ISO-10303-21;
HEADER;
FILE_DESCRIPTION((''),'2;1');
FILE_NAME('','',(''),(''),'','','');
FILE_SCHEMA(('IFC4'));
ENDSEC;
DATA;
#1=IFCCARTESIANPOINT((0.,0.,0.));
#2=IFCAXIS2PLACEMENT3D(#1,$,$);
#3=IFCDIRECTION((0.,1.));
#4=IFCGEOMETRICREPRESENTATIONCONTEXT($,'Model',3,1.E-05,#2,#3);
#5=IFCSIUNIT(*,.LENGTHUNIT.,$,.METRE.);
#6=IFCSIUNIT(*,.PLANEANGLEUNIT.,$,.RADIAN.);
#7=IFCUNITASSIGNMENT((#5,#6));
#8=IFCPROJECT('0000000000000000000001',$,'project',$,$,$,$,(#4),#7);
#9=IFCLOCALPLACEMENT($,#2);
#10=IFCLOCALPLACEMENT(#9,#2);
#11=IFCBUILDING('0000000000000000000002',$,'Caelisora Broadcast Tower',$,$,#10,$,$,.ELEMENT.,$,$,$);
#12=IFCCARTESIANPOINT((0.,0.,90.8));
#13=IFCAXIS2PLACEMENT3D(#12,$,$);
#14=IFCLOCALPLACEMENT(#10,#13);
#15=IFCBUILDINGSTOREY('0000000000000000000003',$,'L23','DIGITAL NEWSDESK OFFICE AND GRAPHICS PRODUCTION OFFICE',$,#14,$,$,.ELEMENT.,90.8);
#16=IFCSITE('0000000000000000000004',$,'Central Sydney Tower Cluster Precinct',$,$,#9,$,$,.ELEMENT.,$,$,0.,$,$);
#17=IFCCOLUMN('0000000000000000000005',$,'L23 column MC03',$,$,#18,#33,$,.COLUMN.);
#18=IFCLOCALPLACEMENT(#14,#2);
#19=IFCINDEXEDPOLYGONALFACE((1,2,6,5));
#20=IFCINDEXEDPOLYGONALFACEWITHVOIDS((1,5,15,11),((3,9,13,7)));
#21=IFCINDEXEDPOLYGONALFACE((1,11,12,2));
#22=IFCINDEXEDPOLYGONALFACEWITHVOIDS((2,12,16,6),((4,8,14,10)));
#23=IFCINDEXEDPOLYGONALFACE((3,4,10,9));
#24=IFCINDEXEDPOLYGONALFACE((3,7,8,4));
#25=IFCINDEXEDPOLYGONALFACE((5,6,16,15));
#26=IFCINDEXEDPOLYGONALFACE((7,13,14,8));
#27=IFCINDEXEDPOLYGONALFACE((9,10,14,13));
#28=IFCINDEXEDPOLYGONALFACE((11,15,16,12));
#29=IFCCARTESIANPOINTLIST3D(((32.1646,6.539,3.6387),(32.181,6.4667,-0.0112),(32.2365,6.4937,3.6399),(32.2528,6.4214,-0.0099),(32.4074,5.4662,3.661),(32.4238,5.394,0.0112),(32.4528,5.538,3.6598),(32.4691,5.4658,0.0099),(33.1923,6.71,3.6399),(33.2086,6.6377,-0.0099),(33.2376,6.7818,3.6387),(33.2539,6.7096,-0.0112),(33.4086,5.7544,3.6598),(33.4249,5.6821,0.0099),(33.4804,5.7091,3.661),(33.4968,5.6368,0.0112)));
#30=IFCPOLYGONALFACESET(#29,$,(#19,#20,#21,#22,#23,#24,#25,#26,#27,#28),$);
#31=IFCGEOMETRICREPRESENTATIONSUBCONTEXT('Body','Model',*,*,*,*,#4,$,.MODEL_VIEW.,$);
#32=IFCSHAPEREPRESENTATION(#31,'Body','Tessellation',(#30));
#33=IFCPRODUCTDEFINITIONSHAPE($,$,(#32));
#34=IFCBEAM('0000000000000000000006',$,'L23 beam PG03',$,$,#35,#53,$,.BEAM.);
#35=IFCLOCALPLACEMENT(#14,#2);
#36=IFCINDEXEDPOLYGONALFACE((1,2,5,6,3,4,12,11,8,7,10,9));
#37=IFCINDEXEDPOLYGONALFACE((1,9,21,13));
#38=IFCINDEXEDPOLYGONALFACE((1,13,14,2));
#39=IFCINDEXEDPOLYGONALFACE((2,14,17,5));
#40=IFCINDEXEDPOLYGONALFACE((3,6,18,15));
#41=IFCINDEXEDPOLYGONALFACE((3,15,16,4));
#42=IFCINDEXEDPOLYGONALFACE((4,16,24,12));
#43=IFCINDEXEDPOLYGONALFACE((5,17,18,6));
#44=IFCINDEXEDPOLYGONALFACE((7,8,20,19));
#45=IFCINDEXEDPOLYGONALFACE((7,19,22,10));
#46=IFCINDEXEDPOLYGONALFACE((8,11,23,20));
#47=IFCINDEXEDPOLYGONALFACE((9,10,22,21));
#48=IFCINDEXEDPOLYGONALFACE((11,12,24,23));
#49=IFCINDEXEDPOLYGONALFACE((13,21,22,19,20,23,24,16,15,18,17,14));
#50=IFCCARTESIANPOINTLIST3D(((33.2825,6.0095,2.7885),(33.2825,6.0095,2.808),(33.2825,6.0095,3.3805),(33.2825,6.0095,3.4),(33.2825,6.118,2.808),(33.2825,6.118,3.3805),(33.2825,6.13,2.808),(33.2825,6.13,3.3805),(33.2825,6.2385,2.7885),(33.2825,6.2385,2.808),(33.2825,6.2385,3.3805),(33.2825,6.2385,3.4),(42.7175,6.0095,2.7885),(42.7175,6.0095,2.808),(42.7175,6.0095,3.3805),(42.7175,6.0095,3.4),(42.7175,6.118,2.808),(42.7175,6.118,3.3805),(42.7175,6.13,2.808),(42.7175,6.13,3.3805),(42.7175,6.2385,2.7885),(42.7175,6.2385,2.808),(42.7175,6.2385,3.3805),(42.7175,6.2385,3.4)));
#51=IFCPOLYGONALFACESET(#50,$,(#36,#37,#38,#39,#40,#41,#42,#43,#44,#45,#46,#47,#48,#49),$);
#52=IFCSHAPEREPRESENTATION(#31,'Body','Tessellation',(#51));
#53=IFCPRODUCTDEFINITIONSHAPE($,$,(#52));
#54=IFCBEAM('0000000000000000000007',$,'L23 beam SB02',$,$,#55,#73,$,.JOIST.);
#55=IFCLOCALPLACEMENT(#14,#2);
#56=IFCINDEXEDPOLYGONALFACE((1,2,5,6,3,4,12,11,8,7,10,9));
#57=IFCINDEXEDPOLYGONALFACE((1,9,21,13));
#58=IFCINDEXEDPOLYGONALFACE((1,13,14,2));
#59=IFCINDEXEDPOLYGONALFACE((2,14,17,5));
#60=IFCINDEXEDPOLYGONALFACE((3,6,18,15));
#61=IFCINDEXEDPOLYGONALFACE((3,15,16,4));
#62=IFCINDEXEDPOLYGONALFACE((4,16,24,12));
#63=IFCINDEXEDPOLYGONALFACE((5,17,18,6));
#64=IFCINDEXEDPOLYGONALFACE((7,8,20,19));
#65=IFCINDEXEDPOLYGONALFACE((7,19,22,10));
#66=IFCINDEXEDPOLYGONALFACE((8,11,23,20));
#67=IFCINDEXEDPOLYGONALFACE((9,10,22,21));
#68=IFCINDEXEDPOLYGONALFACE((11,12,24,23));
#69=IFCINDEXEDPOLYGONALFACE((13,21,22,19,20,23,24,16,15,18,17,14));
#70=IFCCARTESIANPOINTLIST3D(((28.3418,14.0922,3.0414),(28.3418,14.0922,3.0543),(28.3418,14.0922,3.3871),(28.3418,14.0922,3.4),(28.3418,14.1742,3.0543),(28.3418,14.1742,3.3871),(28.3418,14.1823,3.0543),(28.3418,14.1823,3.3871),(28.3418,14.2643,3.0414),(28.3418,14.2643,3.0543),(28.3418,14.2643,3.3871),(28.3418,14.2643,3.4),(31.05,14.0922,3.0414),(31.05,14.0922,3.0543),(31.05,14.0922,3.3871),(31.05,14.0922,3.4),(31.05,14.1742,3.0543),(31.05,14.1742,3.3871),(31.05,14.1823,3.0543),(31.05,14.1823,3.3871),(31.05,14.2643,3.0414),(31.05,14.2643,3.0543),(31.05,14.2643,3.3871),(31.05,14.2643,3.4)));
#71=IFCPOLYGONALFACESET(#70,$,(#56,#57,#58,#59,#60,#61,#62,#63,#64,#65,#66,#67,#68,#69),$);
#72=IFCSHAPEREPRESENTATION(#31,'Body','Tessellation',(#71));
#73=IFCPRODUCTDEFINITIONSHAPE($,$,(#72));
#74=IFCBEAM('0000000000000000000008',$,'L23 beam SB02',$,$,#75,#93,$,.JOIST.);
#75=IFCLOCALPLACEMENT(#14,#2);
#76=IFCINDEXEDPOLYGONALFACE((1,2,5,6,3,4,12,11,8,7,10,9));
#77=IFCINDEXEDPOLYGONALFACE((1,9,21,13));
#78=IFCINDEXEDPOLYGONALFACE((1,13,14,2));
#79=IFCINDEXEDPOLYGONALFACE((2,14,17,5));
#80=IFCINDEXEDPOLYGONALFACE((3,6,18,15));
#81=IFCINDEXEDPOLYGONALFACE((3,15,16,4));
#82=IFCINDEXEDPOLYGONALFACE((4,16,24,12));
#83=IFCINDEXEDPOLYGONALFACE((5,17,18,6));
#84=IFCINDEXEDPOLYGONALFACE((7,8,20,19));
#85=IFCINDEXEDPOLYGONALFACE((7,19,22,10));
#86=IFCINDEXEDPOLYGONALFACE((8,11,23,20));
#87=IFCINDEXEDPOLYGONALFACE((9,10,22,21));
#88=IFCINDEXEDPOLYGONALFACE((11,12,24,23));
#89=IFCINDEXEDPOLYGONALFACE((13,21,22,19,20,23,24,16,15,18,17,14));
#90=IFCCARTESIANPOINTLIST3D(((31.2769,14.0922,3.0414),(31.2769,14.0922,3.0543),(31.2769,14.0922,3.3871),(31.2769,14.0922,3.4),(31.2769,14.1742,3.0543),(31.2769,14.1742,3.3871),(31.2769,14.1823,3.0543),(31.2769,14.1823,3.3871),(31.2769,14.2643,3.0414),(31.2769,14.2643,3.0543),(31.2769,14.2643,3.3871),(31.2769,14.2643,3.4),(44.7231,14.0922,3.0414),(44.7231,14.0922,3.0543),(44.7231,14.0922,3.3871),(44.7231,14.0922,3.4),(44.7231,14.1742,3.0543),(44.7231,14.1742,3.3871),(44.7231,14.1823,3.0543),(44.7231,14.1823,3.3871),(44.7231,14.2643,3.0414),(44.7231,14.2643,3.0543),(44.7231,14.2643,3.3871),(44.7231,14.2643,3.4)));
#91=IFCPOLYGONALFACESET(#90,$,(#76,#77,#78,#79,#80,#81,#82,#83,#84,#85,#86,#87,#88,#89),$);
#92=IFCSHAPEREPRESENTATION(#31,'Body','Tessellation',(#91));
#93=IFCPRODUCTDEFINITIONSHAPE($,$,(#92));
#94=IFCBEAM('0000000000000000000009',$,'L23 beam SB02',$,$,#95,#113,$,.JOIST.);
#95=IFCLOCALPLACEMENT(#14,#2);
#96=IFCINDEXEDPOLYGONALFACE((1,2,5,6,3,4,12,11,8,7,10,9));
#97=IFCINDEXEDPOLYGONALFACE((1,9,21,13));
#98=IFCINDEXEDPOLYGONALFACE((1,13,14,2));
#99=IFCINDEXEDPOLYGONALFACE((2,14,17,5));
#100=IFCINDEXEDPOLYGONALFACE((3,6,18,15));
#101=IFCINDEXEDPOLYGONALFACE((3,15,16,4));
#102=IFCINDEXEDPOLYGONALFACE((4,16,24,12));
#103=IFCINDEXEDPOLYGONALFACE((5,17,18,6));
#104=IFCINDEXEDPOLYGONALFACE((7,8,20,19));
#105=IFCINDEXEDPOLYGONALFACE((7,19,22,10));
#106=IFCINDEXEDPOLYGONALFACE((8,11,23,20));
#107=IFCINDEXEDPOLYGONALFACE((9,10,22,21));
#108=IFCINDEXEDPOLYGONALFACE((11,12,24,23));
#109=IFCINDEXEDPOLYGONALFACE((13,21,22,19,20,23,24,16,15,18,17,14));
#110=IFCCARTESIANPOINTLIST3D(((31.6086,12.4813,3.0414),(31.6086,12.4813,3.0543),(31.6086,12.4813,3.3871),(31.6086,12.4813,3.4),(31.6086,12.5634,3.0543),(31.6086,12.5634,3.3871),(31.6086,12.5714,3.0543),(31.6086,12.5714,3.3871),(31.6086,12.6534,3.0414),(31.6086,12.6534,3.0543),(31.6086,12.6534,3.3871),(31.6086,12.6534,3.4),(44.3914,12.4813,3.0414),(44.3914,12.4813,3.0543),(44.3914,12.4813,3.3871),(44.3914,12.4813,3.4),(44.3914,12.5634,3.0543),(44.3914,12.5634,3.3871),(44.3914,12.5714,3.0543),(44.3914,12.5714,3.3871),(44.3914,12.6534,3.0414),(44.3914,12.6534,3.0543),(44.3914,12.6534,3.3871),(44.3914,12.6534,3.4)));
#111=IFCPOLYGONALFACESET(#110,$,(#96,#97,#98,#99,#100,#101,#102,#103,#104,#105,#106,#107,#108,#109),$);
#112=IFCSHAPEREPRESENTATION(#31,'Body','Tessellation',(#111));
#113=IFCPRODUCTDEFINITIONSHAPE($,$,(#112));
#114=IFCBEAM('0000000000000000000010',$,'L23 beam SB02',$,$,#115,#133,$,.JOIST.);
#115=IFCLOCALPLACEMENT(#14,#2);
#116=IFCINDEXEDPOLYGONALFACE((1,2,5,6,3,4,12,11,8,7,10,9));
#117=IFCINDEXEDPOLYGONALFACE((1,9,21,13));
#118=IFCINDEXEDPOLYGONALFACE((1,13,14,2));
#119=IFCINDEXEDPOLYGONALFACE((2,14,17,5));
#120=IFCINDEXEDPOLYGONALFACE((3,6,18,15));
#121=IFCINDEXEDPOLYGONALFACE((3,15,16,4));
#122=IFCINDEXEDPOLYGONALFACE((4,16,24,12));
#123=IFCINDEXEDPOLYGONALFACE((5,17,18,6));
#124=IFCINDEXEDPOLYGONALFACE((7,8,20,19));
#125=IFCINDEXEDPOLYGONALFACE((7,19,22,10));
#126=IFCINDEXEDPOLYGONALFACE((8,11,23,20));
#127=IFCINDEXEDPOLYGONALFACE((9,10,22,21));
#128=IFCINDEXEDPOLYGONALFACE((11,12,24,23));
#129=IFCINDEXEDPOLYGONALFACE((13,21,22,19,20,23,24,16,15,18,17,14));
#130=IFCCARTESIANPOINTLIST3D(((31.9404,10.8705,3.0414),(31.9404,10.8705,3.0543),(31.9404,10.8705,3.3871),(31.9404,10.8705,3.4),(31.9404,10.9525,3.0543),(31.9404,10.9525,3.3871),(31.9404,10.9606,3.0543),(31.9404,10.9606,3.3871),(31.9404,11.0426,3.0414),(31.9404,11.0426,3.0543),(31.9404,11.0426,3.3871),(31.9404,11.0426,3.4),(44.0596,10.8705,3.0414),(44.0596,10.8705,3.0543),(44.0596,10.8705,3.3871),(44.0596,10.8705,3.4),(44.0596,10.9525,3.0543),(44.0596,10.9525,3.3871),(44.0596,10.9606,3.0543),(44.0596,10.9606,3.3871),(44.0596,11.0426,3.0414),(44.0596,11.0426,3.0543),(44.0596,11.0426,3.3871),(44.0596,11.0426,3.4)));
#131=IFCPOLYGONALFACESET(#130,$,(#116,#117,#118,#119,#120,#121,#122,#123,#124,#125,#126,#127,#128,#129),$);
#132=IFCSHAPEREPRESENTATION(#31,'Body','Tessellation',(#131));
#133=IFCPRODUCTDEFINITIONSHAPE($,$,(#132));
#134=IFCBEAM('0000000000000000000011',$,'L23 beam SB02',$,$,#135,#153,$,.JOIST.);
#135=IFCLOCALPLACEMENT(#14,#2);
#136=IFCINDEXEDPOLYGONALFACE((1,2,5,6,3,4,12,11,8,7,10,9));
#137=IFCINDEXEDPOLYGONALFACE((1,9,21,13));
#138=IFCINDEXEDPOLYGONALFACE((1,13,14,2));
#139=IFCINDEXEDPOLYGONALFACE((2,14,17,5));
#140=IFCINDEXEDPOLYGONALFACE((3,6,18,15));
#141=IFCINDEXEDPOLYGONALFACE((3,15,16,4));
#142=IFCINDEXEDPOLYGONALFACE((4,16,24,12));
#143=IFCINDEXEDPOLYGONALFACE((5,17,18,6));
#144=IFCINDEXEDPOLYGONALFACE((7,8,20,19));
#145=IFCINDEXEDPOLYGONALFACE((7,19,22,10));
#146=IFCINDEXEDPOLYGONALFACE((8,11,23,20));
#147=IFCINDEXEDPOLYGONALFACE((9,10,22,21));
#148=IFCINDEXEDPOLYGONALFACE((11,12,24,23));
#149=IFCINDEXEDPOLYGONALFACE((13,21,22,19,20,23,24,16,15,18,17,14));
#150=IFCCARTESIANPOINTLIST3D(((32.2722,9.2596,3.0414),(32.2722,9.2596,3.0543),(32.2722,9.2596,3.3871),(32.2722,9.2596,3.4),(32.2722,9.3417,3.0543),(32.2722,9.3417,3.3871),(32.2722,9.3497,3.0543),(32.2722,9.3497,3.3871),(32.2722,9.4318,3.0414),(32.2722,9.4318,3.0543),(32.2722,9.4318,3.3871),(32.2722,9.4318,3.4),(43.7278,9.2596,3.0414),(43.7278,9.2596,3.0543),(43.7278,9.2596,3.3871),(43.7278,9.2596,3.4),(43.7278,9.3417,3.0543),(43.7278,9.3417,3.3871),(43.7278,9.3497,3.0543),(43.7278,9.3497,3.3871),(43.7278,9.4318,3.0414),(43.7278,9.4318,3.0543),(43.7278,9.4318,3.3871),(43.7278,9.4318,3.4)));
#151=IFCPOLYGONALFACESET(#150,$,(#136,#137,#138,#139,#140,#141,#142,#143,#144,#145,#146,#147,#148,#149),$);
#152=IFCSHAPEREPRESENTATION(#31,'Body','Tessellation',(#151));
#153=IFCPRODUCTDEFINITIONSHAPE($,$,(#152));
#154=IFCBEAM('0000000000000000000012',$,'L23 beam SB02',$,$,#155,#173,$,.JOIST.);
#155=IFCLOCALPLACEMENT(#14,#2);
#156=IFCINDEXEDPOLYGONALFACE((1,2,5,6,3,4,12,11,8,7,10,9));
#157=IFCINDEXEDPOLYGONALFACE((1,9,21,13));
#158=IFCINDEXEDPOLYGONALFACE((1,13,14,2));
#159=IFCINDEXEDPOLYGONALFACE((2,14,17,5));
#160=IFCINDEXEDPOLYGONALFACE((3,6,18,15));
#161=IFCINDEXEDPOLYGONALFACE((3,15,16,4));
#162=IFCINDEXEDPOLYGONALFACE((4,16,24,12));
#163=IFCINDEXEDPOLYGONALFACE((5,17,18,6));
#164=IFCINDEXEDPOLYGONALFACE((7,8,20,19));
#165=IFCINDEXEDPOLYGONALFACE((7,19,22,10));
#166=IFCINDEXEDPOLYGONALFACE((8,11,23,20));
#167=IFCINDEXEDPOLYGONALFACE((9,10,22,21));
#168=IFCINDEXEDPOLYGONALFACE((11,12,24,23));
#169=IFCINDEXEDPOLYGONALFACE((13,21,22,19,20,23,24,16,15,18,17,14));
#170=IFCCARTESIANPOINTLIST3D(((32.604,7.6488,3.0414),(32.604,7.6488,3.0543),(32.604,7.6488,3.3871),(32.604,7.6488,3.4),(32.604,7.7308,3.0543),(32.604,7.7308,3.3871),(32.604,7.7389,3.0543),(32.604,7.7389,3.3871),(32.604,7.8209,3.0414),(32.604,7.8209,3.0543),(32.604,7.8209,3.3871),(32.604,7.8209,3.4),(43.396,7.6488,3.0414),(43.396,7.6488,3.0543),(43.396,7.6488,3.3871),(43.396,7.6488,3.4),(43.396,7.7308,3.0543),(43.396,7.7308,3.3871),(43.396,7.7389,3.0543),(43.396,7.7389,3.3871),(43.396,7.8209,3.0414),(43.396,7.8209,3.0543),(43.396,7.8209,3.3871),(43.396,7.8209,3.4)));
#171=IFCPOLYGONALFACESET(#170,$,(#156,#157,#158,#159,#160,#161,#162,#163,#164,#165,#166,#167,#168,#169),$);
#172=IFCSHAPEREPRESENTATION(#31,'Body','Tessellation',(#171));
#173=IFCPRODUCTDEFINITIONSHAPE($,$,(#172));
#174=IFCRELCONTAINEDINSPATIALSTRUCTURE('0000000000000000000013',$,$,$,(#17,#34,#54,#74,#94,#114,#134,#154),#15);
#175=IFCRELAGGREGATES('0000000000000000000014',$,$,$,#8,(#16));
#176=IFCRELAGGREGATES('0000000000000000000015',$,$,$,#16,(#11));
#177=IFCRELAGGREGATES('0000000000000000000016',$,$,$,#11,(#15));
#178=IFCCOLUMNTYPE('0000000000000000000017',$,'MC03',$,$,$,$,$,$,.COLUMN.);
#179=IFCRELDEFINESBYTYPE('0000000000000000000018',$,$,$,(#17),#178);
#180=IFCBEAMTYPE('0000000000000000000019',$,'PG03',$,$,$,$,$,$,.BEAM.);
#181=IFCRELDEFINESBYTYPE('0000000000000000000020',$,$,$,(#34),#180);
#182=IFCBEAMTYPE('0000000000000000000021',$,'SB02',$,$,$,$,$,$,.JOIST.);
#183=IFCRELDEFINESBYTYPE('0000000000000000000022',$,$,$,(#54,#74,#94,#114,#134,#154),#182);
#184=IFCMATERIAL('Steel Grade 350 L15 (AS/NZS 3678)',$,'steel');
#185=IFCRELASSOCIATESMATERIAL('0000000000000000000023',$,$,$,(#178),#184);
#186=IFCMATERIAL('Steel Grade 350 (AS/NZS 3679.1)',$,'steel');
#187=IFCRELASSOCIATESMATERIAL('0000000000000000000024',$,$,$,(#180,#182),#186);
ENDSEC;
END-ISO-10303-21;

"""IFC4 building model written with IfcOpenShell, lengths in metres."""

from ifc_helpers import new_model, si_unit, direction, frame, origin, origin_2d, place, context, subcontext, project, spatial, hollow_rectangle, i_section, extrude, source, transform, mapped, material, material_profile, profile_set, type_object, type_shapes, element, save


model = new_model("IFC4")

# Units and contexts
model_context = context("Model", 3, precision=1e-05, world=origin(), true_north=direction((0.0, 1.0)))
body_context = subcontext(model_context, "Body", "Model", "MODEL_VIEW")
ifc_project = project(units=[si_unit("LENGTHUNIT", "METRE"), si_unit("PLANEANGLEUNIT", "RADIAN")], contexts=[model_context])

# Site, building, storey
site_placement = place(None, origin())
site = spatial("IfcSite", under=ifc_project, at=site_placement, Name="Central Sydney Tower Cluster Precinct", CompositionType="ELEMENT", RefElevation=0.0)
building_placement = place(site_placement, origin())
building = spatial("IfcBuilding", under=site, at=building_placement, Name="Caelisora Broadcast Tower", CompositionType="ELEMENT")
storey_placement = place(building_placement, frame((0.0, 0.0, 90.8)))
storey = spatial("IfcBuildingStorey", under=building, at=storey_placement, Name="L23", Description="DIGITAL NEWSDESK OFFICE AND GRAPHICS PRODUCTION OFFICE", CompositionType="ELEMENT", Elevation=90.8)

# Column
ifc_material_1 = material(Name="Steel Grade 350 L15 (AS/NZS 3678)", Category="steel")
ifc_material_profile_1 = material_profile(ifc_material_1, hollow_rectangle(XDim=1.1001, YDim=1.1001, WallThickness=0.0601, at=origin_2d()), Name="Steel Grade 350 L15 (AS/NZS 3678)")
ifc_profile_set_1 = profile_set([ifc_material_profile_1], Name="Steel Grade 350 L15 (AS/NZS 3678)")
column_type = type_object("IfcColumnType", Name="MC03", PredefinedType="COLUMN", material=ifc_profile_set_1)
shared_shape_1 = source(origin(), body_context, "Body", "SweptSolid", [
    extrude(hollow_rectangle(XDim=1.1001, YDim=1.1001, WallThickness=0.0601, at=origin_2d()), origin(), (0.0, 0.0, 1.0), 3.6506),
])
type_shapes(column_type, [shared_shape_1])
column_placement = place(storey_placement, frame((32.8389, 6.0518, 0.0), z_axis=(-0.004481, 0.019795, 0.999794), x_axis=(-0.975327, -0.220767, 0.0)))
element("IfcColumn", 1, at=column_placement, inside=storey, type_object=column_type, Name="L23 column MC03", PredefinedType="COLUMN", context=body_context, shape_type="MappedRepresentation", body=[
    mapped(shared_shape_1, transform((0.0, 0.0, 0.0), scale=1.0)),
])

# Beams
ifc_material_2 = material(Name="Steel Grade 350 (AS/NZS 3679.1)", Category="steel")
ifc_material_profile_2 = material_profile(ifc_material_2, i_section(OverallWidth=0.229, OverallDepth=0.6116, WebThickness=0.012, FlangeThickness=0.0195, at=origin_2d()), Name="Steel Grade 350 (AS/NZS 3679.1)")
ifc_profile_set_2 = profile_set([ifc_material_profile_2], Name="Steel Grade 350 (AS/NZS 3679.1)")
beam_type_1 = type_object("IfcBeamType", Name="PG03", PredefinedType="BEAM", material=ifc_profile_set_2)
shared_shape_2 = source(origin(), body_context, "Body", "SweptSolid", [
    extrude(i_section(OverallWidth=0.229, OverallDepth=0.6116, WebThickness=0.012, FlangeThickness=0.0195, at=origin_2d()), origin(), (0.0, 0.0, 1.0), 9.4351),
])
type_shapes(beam_type_1, [shared_shape_2])
beam_1_placement = place(storey_placement, frame((33.2825, 6.124, 3.0942), z_axis=(1.0, 0.0, 0.0), x_axis=(0.0, 1.0, 0.0)))
element("IfcBeam", 2, at=beam_1_placement, inside=storey, type_object=beam_type_1, Name="L23 beam PG03", PredefinedType="BEAM", context=body_context, shape_type="MappedRepresentation", body=[
    mapped(shared_shape_2, transform((0.0, 0.0, 0.0), scale=1.0)),
])
ifc_material_profile_3 = material_profile(ifc_material_2, i_section(OverallWidth=0.1721, OverallDepth=0.3586, WebThickness=0.0081, FlangeThickness=0.0129, at=origin_2d()), Name="Steel Grade 350 (AS/NZS 3679.1)")
ifc_profile_set_3 = profile_set([ifc_material_profile_3], Name="Steel Grade 350 (AS/NZS 3679.1)")
beam_type_2 = type_object("IfcBeamType", Name="SB02", PredefinedType="JOIST", material=ifc_profile_set_3)
shared_shape_3 = source(origin(), body_context, "Body", "SweptSolid", [
    extrude(i_section(OverallWidth=0.1721, OverallDepth=0.3586, WebThickness=0.0081, FlangeThickness=0.0129, at=origin_2d()), origin(), (0.0, 0.0, 1.0), 2.7083),
])
beam_2_placement = place(storey_placement, frame((28.3418, 14.1782, 3.2207), z_axis=(1.0, 0.0, 0.0), x_axis=(0.0, 1.0, 0.0)))
element("IfcBeam", 3, at=beam_2_placement, inside=storey, type_object=beam_type_2, Name="L23 beam SB02", PredefinedType="JOIST", context=body_context, shape_type="MappedRepresentation", body=[
    mapped(shared_shape_3, transform((0.0, 0.0, 0.0), scale=1.0)),
])
shared_shape_4 = source(origin(), body_context, "Body", "SweptSolid", [
    extrude(i_section(OverallWidth=0.1721, OverallDepth=0.3586, WebThickness=0.0081, FlangeThickness=0.0129, at=origin_2d()), origin(), (0.0, 0.0, 1.0), 13.4463),
])
beam_3_placement = place(storey_placement, frame((31.2769, 14.1782, 3.2207), z_axis=(1.0, 0.0, 0.0), x_axis=(0.0, 1.0, 0.0)))
element("IfcBeam", 4, at=beam_3_placement, inside=storey, type_object=beam_type_2, Name="L23 beam SB02", PredefinedType="JOIST", context=body_context, shape_type="MappedRepresentation", body=[
    mapped(shared_shape_4, transform((0.0, 0.0, 0.0), scale=1.0)),
])
shared_shape_5 = source(origin(), body_context, "Body", "SweptSolid", [
    extrude(i_section(OverallWidth=0.1721, OverallDepth=0.3586, WebThickness=0.0081, FlangeThickness=0.0129, at=origin_2d()), origin(), (0.0, 0.0, 1.0), 12.7827),
])
beam_4_placement = place(storey_placement, frame((31.6086, 12.5674, 3.2207), z_axis=(1.0, 0.0, 0.0), x_axis=(0.0, 1.0, 0.0)))
element("IfcBeam", 5, at=beam_4_placement, inside=storey, type_object=beam_type_2, Name="L23 beam SB02", PredefinedType="JOIST", context=body_context, shape_type="MappedRepresentation", body=[
    mapped(shared_shape_5, transform((0.0, 0.0, 0.0), scale=1.0)),
])
shared_shape_6 = source(origin(), body_context, "Body", "SweptSolid", [
    extrude(i_section(OverallWidth=0.1721, OverallDepth=0.3586, WebThickness=0.0081, FlangeThickness=0.0129, at=origin_2d()), origin(), (0.0, 0.0, 1.0), 12.1191),
])
beam_5_placement = place(storey_placement, frame((31.9404, 10.9565, 3.2207), z_axis=(1.0, 0.0, 0.0), x_axis=(0.0, 1.0, 0.0)))
element("IfcBeam", 6, at=beam_5_placement, inside=storey, type_object=beam_type_2, Name="L23 beam SB02", PredefinedType="JOIST", context=body_context, shape_type="MappedRepresentation", body=[
    mapped(shared_shape_6, transform((0.0, 0.0, 0.0), scale=1.0)),
])
shared_shape_7 = source(origin(), body_context, "Body", "SweptSolid", [
    extrude(i_section(OverallWidth=0.1721, OverallDepth=0.3586, WebThickness=0.0081, FlangeThickness=0.0129, at=origin_2d()), origin(), (0.0, 0.0, 1.0), 11.4556),
])
beam_6_placement = place(storey_placement, frame((32.2722, 9.3457, 3.2207), z_axis=(1.0, 0.0, 0.0), x_axis=(0.0, 1.0, 0.0)))
element("IfcBeam", 7, at=beam_6_placement, inside=storey, type_object=beam_type_2, Name="L23 beam SB02", PredefinedType="JOIST", context=body_context, shape_type="MappedRepresentation", body=[
    mapped(shared_shape_7, transform((0.0, 0.0, 0.0), scale=1.0)),
])
shared_shape_8 = source(origin(), body_context, "Body", "SweptSolid", [
    extrude(i_section(OverallWidth=0.1721, OverallDepth=0.3586, WebThickness=0.0081, FlangeThickness=0.0129, at=origin_2d()), origin(), (0.0, 0.0, 1.0), 10.792),
])
type_shapes(beam_type_2, [shared_shape_3, shared_shape_4, shared_shape_5, shared_shape_6, shared_shape_7, shared_shape_8])
beam_7_placement = place(storey_placement, frame((32.604, 7.7349, 3.2207), z_axis=(1.0, 0.0, 0.0), x_axis=(0.0, 1.0, 0.0)))
element("IfcBeam", 8, at=beam_7_placement, inside=storey, type_object=beam_type_2, Name="L23 beam SB02", PredefinedType="JOIST", context=body_context, shape_type="MappedRepresentation", body=[
    mapped(shared_shape_8, transform((0.0, 0.0, 0.0), scale=1.0)),
])

save(model, "model.ifc")
